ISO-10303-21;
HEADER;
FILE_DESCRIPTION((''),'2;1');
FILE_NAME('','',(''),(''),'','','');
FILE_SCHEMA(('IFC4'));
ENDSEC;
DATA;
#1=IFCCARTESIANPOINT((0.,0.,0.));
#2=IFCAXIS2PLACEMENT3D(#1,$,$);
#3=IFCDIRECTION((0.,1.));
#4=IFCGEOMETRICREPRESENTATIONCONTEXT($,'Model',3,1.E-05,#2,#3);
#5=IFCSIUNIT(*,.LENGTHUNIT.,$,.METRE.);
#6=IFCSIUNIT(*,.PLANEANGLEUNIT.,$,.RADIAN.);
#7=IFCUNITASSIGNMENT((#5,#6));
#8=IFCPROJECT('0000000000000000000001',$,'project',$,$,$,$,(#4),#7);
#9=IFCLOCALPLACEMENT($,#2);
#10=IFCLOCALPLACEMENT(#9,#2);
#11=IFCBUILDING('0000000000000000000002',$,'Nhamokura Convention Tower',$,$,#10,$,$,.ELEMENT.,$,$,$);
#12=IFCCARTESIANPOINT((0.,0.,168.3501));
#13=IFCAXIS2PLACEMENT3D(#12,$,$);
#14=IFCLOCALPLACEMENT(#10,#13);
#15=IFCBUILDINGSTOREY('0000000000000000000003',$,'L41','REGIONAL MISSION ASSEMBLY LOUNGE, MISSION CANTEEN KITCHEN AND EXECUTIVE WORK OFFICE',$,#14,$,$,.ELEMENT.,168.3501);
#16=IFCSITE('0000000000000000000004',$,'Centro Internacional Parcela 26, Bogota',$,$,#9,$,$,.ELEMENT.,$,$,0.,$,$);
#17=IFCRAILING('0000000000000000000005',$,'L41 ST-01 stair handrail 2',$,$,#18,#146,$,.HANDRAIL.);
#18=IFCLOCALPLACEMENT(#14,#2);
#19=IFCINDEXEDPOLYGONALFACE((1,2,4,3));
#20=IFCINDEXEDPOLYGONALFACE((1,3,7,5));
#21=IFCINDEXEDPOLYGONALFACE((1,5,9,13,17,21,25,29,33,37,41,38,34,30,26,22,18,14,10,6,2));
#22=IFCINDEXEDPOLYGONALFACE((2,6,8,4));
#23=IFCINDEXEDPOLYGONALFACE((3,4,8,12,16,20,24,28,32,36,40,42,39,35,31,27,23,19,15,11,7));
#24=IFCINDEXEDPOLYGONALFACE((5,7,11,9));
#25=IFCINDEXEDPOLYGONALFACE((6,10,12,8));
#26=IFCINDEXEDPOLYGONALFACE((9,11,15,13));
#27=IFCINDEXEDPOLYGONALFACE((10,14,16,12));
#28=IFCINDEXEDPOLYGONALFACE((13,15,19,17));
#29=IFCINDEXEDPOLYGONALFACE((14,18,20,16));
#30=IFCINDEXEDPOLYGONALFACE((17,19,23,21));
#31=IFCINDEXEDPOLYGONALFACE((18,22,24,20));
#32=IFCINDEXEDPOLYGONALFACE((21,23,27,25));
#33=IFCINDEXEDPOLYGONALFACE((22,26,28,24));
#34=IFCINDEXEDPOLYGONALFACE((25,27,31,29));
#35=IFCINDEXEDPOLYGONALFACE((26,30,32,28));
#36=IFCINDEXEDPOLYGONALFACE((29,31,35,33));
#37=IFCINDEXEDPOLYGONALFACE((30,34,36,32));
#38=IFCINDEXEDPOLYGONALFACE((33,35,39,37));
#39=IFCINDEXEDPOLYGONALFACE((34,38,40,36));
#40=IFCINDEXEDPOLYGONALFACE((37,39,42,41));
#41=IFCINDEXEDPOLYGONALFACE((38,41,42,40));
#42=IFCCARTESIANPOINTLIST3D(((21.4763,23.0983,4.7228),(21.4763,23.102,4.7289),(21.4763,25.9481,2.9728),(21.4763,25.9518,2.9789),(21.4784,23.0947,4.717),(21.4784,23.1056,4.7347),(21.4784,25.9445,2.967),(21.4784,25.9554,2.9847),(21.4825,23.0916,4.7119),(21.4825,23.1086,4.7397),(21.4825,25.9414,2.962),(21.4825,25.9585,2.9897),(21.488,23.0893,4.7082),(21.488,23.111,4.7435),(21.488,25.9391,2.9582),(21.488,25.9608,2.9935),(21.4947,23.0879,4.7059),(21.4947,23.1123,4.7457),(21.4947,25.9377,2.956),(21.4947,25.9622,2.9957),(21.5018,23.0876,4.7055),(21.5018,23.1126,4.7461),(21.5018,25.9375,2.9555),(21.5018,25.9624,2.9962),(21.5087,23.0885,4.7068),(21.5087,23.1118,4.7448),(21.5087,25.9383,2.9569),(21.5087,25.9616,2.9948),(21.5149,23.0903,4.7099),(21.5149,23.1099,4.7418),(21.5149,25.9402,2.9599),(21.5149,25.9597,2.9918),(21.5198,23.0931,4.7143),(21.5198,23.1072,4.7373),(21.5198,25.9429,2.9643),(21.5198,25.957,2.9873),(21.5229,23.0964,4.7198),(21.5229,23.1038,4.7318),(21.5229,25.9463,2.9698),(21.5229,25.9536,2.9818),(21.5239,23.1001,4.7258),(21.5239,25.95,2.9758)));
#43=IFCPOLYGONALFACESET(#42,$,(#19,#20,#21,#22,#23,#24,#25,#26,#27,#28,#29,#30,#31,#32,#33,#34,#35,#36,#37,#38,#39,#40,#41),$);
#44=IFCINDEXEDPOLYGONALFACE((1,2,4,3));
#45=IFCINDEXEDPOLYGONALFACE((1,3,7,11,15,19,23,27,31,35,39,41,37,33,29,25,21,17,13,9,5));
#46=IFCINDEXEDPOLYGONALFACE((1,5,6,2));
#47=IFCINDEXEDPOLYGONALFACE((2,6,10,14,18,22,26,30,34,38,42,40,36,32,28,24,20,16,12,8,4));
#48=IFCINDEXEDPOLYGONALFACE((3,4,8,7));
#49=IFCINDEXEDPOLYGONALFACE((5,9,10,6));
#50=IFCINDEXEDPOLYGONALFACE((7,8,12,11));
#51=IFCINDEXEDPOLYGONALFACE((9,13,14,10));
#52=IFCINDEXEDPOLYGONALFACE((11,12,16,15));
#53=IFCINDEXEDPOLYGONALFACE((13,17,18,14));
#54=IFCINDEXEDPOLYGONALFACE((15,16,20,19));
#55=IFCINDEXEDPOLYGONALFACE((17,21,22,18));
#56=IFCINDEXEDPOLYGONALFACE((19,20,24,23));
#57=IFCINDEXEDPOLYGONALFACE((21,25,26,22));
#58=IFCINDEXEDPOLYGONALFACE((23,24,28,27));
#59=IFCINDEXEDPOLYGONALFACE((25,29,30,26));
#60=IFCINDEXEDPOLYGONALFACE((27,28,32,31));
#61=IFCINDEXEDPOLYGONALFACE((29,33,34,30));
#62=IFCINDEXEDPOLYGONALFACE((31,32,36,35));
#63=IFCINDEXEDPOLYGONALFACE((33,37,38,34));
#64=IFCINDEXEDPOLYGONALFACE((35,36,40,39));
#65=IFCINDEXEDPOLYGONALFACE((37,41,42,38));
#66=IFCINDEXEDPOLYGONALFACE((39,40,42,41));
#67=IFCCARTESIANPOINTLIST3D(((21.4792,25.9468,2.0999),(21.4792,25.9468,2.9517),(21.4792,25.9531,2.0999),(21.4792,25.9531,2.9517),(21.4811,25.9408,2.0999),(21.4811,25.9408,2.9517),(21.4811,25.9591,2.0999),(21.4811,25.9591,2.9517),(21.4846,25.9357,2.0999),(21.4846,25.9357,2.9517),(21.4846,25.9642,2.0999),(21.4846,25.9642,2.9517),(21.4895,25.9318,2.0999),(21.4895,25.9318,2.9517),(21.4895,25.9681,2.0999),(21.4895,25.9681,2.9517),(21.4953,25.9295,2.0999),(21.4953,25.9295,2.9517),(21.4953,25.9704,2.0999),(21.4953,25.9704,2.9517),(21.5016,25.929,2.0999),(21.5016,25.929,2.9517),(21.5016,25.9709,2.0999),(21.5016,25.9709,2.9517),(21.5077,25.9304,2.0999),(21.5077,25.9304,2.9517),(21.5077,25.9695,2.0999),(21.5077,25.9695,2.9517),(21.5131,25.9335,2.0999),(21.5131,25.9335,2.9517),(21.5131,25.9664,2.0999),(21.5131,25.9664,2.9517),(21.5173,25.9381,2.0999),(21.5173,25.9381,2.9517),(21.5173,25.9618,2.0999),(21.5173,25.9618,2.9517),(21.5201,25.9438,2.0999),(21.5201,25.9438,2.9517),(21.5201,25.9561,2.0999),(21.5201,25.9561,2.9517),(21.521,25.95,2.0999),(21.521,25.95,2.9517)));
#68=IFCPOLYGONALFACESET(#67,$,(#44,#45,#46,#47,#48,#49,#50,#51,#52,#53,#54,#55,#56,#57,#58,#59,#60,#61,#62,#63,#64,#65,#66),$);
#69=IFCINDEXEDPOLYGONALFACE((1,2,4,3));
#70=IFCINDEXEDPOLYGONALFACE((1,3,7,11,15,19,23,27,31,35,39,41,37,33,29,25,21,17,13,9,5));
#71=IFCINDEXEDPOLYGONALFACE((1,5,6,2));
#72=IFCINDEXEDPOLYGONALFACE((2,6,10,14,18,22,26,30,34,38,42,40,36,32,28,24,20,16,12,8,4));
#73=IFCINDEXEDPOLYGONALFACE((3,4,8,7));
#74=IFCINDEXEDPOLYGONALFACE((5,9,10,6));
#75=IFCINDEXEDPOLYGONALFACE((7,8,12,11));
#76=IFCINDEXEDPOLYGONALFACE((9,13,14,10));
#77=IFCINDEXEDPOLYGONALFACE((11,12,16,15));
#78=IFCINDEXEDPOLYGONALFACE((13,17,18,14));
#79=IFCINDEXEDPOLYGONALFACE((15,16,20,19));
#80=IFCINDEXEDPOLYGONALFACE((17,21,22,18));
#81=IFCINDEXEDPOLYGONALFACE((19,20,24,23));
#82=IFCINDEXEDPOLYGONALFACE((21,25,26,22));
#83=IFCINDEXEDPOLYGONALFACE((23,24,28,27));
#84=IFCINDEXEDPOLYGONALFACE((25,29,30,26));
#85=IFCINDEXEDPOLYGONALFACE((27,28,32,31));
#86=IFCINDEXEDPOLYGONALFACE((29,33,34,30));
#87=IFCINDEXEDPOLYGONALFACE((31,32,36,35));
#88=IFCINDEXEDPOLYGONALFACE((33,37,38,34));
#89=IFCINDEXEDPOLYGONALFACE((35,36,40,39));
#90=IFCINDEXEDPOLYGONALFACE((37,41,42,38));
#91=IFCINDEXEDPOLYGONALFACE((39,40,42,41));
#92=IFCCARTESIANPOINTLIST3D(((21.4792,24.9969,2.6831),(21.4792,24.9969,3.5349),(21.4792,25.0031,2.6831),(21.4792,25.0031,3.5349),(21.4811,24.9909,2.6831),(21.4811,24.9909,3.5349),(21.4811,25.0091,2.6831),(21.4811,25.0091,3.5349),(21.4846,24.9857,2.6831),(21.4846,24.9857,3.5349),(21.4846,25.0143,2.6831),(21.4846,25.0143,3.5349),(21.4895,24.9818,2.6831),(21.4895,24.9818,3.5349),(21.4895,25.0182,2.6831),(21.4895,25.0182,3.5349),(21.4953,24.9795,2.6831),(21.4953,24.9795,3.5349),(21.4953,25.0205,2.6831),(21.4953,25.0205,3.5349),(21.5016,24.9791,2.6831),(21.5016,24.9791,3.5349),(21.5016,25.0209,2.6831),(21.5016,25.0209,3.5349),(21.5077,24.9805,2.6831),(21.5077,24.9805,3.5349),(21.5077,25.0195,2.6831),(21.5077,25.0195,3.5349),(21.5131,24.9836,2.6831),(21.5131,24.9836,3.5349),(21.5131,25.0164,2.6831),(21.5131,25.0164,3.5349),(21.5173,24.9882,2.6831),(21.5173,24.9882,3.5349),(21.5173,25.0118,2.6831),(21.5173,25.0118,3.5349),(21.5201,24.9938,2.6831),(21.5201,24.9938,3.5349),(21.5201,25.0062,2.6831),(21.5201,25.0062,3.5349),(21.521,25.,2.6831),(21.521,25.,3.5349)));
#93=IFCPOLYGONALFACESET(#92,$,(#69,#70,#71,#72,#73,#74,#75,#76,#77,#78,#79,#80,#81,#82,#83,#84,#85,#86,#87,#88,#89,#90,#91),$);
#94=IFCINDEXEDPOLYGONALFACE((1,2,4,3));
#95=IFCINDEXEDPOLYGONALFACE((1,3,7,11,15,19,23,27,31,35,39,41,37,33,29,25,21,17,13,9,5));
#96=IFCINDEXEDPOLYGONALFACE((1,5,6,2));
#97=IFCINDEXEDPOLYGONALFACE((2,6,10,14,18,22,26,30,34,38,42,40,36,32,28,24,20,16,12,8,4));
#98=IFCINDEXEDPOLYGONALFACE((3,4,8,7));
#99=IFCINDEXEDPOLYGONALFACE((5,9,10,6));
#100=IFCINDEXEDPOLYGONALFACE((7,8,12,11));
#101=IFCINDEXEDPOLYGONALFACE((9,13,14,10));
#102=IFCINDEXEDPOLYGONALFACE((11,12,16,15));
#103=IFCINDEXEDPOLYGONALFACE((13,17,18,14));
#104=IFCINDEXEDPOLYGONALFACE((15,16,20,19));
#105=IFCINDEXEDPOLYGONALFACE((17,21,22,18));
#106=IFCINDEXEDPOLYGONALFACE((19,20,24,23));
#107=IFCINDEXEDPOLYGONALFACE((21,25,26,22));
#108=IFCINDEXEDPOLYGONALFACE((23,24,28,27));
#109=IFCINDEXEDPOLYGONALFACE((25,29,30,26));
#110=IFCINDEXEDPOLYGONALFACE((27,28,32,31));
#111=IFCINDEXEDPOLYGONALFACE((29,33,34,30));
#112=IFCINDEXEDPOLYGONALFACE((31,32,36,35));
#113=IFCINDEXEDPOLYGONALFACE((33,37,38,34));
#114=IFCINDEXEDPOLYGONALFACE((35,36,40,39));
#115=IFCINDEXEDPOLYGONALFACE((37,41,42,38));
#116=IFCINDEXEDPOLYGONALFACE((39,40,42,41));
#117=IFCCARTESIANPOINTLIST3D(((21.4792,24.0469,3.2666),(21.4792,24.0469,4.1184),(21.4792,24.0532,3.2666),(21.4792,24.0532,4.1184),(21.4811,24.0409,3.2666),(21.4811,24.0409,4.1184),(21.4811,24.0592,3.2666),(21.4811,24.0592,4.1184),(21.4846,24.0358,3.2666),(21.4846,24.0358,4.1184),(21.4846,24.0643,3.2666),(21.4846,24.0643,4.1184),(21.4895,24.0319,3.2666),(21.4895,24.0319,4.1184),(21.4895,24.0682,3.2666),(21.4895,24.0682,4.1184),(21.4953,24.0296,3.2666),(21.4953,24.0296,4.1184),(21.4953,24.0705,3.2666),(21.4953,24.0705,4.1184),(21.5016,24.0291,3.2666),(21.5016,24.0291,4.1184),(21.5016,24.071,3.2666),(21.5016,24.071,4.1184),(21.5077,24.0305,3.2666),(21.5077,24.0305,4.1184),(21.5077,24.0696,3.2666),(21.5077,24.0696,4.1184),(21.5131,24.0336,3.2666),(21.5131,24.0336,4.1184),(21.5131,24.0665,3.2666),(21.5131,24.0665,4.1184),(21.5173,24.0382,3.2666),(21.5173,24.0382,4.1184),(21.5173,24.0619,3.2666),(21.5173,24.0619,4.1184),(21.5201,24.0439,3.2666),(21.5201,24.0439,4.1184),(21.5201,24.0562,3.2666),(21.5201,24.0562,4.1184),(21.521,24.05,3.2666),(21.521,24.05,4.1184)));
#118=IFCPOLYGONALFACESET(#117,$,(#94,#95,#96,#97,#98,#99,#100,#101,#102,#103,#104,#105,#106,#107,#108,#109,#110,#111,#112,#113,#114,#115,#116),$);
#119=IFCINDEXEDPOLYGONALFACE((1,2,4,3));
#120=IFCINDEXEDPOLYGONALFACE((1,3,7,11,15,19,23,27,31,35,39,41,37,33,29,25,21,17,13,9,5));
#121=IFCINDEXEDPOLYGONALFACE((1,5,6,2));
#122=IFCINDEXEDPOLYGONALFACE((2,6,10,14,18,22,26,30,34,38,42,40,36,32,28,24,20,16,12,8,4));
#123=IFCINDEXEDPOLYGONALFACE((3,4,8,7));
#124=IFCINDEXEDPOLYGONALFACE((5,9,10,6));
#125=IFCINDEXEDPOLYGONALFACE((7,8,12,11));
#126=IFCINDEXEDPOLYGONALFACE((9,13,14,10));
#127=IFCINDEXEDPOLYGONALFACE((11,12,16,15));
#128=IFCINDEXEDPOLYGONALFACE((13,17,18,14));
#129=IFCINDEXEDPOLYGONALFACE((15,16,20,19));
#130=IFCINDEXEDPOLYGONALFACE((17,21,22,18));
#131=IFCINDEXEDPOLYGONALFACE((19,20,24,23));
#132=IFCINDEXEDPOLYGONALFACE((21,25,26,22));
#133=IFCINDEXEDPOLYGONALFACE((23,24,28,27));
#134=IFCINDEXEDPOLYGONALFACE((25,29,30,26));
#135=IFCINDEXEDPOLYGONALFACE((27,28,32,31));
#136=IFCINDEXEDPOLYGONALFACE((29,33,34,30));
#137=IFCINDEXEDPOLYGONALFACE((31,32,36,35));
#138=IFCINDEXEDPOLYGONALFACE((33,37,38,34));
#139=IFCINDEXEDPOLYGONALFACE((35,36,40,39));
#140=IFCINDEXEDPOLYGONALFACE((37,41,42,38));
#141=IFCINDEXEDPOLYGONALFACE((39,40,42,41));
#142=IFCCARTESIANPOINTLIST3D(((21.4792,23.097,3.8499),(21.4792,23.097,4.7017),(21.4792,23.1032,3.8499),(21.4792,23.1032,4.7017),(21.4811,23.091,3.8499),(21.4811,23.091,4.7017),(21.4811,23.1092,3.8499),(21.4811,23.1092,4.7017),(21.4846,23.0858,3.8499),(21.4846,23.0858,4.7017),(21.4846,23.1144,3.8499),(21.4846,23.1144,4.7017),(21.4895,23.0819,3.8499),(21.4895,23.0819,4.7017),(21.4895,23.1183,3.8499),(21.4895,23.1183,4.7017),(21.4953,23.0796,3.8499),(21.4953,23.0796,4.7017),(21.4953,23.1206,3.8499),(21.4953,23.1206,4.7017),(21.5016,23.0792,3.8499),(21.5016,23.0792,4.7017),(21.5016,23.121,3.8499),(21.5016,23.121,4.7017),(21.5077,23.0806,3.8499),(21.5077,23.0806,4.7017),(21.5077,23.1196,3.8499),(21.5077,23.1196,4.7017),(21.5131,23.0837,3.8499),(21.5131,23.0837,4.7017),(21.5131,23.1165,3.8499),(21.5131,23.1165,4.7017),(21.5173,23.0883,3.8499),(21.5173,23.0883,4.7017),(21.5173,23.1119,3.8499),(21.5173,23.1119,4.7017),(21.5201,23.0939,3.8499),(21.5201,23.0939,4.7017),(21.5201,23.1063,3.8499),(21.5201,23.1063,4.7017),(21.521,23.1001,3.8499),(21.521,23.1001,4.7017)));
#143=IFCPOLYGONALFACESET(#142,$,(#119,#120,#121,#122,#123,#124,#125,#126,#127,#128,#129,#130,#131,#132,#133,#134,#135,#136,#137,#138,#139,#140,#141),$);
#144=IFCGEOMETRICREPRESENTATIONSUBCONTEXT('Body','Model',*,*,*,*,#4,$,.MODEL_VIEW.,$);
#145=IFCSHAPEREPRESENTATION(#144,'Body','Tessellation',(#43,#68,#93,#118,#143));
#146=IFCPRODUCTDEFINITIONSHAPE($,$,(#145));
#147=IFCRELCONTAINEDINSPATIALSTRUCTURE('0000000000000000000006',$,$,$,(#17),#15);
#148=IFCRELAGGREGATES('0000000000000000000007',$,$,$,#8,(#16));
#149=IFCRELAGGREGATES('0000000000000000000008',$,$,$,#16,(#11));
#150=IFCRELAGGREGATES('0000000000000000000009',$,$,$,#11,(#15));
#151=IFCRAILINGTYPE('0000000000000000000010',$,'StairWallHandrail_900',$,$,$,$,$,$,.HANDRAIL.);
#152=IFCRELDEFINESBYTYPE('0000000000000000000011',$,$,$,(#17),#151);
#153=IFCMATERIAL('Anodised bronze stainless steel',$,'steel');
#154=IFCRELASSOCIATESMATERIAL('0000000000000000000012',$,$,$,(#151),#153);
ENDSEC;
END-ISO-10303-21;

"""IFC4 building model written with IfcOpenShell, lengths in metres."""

from ifc_helpers import new_model, si_unit, direction, frame, origin, origin_2d, place, context, subcontext, project, spatial, circle, extrude, material, type_object, element, save


model = new_model("IFC4")

# Units and contexts
model_context = context("Model", 3, precision=1e-05, world=origin(), true_north=direction((0.0, 1.0)))
body_context = subcontext(model_context, "Body", "Model", "MODEL_VIEW")
ifc_project = project(units=[si_unit("LENGTHUNIT", "METRE"), si_unit("PLANEANGLEUNIT", "RADIAN")], contexts=[model_context])

# Site, building, storey
site_placement = place(None, origin())
site = spatial("IfcSite", under=ifc_project, at=site_placement, Name="Centro Internacional Parcela 26, Bogota", CompositionType="ELEMENT", RefElevation=0.0)
building_placement = place(site_placement, origin())
building = spatial("IfcBuilding", under=site, at=building_placement, Name="Nhamokura Convention Tower", CompositionType="ELEMENT")
storey_placement = place(building_placement, frame((0.0, 0.0, 168.3501)))
storey = spatial("IfcBuildingStorey", under=building, at=storey_placement, Name="L41", Description="REGIONAL MISSION ASSEMBLY LOUNGE, MISSION CANTEEN KITCHEN AND EXECUTIVE WORK OFFICE", CompositionType="ELEMENT", Elevation=168.3501)

# Railing
ifc_material_1 = material(Name="Anodised bronze stainless steel", Category="steel")
railing_type_1 = type_object("IfcRailingType", Name="StairWallHandrail_900", PredefinedType="HANDRAIL", material=ifc_material_1)
railing_1_placement = place(storey_placement, frame((21.5, 25.95, 2.0999)))
element("IfcRailing", 1, at=railing_1_placement, inside=storey, type_object=railing_type_1, Name="L41 ST-01 stair handrail 2", PredefinedType="HANDRAIL", context=body_context, shape_type="SweptSolid", body=[
    extrude(circle(Radius=0.0239, at=origin_2d()), frame((0.0, 0.0, 0.876), z_axis=(0.0, -0.852159, 0.523283), x_axis=(1.0, 0.0, 0.0)), (0.0, 0.0, 1.0), 3.3442),
    extrude(circle(Radius=0.021, at=origin_2d()), origin(), (0.0, 0.0, 1.0), 0.8518),
    extrude(circle(Radius=0.021, at=origin_2d()), frame((0.0, -0.95, 0.5833)), (0.0, 0.0, 1.0), 0.8518),
    extrude(circle(Radius=0.021, at=origin_2d()), frame((0.0, -1.8999, 1.1667)), (0.0, 0.0, 1.0), 0.8518),
    extrude(circle(Radius=0.021, at=origin_2d()), frame((0.0, -2.8499, 1.75)), (0.0, 0.0, 1.0), 0.8518),
])

save(model, "model.ifc")
